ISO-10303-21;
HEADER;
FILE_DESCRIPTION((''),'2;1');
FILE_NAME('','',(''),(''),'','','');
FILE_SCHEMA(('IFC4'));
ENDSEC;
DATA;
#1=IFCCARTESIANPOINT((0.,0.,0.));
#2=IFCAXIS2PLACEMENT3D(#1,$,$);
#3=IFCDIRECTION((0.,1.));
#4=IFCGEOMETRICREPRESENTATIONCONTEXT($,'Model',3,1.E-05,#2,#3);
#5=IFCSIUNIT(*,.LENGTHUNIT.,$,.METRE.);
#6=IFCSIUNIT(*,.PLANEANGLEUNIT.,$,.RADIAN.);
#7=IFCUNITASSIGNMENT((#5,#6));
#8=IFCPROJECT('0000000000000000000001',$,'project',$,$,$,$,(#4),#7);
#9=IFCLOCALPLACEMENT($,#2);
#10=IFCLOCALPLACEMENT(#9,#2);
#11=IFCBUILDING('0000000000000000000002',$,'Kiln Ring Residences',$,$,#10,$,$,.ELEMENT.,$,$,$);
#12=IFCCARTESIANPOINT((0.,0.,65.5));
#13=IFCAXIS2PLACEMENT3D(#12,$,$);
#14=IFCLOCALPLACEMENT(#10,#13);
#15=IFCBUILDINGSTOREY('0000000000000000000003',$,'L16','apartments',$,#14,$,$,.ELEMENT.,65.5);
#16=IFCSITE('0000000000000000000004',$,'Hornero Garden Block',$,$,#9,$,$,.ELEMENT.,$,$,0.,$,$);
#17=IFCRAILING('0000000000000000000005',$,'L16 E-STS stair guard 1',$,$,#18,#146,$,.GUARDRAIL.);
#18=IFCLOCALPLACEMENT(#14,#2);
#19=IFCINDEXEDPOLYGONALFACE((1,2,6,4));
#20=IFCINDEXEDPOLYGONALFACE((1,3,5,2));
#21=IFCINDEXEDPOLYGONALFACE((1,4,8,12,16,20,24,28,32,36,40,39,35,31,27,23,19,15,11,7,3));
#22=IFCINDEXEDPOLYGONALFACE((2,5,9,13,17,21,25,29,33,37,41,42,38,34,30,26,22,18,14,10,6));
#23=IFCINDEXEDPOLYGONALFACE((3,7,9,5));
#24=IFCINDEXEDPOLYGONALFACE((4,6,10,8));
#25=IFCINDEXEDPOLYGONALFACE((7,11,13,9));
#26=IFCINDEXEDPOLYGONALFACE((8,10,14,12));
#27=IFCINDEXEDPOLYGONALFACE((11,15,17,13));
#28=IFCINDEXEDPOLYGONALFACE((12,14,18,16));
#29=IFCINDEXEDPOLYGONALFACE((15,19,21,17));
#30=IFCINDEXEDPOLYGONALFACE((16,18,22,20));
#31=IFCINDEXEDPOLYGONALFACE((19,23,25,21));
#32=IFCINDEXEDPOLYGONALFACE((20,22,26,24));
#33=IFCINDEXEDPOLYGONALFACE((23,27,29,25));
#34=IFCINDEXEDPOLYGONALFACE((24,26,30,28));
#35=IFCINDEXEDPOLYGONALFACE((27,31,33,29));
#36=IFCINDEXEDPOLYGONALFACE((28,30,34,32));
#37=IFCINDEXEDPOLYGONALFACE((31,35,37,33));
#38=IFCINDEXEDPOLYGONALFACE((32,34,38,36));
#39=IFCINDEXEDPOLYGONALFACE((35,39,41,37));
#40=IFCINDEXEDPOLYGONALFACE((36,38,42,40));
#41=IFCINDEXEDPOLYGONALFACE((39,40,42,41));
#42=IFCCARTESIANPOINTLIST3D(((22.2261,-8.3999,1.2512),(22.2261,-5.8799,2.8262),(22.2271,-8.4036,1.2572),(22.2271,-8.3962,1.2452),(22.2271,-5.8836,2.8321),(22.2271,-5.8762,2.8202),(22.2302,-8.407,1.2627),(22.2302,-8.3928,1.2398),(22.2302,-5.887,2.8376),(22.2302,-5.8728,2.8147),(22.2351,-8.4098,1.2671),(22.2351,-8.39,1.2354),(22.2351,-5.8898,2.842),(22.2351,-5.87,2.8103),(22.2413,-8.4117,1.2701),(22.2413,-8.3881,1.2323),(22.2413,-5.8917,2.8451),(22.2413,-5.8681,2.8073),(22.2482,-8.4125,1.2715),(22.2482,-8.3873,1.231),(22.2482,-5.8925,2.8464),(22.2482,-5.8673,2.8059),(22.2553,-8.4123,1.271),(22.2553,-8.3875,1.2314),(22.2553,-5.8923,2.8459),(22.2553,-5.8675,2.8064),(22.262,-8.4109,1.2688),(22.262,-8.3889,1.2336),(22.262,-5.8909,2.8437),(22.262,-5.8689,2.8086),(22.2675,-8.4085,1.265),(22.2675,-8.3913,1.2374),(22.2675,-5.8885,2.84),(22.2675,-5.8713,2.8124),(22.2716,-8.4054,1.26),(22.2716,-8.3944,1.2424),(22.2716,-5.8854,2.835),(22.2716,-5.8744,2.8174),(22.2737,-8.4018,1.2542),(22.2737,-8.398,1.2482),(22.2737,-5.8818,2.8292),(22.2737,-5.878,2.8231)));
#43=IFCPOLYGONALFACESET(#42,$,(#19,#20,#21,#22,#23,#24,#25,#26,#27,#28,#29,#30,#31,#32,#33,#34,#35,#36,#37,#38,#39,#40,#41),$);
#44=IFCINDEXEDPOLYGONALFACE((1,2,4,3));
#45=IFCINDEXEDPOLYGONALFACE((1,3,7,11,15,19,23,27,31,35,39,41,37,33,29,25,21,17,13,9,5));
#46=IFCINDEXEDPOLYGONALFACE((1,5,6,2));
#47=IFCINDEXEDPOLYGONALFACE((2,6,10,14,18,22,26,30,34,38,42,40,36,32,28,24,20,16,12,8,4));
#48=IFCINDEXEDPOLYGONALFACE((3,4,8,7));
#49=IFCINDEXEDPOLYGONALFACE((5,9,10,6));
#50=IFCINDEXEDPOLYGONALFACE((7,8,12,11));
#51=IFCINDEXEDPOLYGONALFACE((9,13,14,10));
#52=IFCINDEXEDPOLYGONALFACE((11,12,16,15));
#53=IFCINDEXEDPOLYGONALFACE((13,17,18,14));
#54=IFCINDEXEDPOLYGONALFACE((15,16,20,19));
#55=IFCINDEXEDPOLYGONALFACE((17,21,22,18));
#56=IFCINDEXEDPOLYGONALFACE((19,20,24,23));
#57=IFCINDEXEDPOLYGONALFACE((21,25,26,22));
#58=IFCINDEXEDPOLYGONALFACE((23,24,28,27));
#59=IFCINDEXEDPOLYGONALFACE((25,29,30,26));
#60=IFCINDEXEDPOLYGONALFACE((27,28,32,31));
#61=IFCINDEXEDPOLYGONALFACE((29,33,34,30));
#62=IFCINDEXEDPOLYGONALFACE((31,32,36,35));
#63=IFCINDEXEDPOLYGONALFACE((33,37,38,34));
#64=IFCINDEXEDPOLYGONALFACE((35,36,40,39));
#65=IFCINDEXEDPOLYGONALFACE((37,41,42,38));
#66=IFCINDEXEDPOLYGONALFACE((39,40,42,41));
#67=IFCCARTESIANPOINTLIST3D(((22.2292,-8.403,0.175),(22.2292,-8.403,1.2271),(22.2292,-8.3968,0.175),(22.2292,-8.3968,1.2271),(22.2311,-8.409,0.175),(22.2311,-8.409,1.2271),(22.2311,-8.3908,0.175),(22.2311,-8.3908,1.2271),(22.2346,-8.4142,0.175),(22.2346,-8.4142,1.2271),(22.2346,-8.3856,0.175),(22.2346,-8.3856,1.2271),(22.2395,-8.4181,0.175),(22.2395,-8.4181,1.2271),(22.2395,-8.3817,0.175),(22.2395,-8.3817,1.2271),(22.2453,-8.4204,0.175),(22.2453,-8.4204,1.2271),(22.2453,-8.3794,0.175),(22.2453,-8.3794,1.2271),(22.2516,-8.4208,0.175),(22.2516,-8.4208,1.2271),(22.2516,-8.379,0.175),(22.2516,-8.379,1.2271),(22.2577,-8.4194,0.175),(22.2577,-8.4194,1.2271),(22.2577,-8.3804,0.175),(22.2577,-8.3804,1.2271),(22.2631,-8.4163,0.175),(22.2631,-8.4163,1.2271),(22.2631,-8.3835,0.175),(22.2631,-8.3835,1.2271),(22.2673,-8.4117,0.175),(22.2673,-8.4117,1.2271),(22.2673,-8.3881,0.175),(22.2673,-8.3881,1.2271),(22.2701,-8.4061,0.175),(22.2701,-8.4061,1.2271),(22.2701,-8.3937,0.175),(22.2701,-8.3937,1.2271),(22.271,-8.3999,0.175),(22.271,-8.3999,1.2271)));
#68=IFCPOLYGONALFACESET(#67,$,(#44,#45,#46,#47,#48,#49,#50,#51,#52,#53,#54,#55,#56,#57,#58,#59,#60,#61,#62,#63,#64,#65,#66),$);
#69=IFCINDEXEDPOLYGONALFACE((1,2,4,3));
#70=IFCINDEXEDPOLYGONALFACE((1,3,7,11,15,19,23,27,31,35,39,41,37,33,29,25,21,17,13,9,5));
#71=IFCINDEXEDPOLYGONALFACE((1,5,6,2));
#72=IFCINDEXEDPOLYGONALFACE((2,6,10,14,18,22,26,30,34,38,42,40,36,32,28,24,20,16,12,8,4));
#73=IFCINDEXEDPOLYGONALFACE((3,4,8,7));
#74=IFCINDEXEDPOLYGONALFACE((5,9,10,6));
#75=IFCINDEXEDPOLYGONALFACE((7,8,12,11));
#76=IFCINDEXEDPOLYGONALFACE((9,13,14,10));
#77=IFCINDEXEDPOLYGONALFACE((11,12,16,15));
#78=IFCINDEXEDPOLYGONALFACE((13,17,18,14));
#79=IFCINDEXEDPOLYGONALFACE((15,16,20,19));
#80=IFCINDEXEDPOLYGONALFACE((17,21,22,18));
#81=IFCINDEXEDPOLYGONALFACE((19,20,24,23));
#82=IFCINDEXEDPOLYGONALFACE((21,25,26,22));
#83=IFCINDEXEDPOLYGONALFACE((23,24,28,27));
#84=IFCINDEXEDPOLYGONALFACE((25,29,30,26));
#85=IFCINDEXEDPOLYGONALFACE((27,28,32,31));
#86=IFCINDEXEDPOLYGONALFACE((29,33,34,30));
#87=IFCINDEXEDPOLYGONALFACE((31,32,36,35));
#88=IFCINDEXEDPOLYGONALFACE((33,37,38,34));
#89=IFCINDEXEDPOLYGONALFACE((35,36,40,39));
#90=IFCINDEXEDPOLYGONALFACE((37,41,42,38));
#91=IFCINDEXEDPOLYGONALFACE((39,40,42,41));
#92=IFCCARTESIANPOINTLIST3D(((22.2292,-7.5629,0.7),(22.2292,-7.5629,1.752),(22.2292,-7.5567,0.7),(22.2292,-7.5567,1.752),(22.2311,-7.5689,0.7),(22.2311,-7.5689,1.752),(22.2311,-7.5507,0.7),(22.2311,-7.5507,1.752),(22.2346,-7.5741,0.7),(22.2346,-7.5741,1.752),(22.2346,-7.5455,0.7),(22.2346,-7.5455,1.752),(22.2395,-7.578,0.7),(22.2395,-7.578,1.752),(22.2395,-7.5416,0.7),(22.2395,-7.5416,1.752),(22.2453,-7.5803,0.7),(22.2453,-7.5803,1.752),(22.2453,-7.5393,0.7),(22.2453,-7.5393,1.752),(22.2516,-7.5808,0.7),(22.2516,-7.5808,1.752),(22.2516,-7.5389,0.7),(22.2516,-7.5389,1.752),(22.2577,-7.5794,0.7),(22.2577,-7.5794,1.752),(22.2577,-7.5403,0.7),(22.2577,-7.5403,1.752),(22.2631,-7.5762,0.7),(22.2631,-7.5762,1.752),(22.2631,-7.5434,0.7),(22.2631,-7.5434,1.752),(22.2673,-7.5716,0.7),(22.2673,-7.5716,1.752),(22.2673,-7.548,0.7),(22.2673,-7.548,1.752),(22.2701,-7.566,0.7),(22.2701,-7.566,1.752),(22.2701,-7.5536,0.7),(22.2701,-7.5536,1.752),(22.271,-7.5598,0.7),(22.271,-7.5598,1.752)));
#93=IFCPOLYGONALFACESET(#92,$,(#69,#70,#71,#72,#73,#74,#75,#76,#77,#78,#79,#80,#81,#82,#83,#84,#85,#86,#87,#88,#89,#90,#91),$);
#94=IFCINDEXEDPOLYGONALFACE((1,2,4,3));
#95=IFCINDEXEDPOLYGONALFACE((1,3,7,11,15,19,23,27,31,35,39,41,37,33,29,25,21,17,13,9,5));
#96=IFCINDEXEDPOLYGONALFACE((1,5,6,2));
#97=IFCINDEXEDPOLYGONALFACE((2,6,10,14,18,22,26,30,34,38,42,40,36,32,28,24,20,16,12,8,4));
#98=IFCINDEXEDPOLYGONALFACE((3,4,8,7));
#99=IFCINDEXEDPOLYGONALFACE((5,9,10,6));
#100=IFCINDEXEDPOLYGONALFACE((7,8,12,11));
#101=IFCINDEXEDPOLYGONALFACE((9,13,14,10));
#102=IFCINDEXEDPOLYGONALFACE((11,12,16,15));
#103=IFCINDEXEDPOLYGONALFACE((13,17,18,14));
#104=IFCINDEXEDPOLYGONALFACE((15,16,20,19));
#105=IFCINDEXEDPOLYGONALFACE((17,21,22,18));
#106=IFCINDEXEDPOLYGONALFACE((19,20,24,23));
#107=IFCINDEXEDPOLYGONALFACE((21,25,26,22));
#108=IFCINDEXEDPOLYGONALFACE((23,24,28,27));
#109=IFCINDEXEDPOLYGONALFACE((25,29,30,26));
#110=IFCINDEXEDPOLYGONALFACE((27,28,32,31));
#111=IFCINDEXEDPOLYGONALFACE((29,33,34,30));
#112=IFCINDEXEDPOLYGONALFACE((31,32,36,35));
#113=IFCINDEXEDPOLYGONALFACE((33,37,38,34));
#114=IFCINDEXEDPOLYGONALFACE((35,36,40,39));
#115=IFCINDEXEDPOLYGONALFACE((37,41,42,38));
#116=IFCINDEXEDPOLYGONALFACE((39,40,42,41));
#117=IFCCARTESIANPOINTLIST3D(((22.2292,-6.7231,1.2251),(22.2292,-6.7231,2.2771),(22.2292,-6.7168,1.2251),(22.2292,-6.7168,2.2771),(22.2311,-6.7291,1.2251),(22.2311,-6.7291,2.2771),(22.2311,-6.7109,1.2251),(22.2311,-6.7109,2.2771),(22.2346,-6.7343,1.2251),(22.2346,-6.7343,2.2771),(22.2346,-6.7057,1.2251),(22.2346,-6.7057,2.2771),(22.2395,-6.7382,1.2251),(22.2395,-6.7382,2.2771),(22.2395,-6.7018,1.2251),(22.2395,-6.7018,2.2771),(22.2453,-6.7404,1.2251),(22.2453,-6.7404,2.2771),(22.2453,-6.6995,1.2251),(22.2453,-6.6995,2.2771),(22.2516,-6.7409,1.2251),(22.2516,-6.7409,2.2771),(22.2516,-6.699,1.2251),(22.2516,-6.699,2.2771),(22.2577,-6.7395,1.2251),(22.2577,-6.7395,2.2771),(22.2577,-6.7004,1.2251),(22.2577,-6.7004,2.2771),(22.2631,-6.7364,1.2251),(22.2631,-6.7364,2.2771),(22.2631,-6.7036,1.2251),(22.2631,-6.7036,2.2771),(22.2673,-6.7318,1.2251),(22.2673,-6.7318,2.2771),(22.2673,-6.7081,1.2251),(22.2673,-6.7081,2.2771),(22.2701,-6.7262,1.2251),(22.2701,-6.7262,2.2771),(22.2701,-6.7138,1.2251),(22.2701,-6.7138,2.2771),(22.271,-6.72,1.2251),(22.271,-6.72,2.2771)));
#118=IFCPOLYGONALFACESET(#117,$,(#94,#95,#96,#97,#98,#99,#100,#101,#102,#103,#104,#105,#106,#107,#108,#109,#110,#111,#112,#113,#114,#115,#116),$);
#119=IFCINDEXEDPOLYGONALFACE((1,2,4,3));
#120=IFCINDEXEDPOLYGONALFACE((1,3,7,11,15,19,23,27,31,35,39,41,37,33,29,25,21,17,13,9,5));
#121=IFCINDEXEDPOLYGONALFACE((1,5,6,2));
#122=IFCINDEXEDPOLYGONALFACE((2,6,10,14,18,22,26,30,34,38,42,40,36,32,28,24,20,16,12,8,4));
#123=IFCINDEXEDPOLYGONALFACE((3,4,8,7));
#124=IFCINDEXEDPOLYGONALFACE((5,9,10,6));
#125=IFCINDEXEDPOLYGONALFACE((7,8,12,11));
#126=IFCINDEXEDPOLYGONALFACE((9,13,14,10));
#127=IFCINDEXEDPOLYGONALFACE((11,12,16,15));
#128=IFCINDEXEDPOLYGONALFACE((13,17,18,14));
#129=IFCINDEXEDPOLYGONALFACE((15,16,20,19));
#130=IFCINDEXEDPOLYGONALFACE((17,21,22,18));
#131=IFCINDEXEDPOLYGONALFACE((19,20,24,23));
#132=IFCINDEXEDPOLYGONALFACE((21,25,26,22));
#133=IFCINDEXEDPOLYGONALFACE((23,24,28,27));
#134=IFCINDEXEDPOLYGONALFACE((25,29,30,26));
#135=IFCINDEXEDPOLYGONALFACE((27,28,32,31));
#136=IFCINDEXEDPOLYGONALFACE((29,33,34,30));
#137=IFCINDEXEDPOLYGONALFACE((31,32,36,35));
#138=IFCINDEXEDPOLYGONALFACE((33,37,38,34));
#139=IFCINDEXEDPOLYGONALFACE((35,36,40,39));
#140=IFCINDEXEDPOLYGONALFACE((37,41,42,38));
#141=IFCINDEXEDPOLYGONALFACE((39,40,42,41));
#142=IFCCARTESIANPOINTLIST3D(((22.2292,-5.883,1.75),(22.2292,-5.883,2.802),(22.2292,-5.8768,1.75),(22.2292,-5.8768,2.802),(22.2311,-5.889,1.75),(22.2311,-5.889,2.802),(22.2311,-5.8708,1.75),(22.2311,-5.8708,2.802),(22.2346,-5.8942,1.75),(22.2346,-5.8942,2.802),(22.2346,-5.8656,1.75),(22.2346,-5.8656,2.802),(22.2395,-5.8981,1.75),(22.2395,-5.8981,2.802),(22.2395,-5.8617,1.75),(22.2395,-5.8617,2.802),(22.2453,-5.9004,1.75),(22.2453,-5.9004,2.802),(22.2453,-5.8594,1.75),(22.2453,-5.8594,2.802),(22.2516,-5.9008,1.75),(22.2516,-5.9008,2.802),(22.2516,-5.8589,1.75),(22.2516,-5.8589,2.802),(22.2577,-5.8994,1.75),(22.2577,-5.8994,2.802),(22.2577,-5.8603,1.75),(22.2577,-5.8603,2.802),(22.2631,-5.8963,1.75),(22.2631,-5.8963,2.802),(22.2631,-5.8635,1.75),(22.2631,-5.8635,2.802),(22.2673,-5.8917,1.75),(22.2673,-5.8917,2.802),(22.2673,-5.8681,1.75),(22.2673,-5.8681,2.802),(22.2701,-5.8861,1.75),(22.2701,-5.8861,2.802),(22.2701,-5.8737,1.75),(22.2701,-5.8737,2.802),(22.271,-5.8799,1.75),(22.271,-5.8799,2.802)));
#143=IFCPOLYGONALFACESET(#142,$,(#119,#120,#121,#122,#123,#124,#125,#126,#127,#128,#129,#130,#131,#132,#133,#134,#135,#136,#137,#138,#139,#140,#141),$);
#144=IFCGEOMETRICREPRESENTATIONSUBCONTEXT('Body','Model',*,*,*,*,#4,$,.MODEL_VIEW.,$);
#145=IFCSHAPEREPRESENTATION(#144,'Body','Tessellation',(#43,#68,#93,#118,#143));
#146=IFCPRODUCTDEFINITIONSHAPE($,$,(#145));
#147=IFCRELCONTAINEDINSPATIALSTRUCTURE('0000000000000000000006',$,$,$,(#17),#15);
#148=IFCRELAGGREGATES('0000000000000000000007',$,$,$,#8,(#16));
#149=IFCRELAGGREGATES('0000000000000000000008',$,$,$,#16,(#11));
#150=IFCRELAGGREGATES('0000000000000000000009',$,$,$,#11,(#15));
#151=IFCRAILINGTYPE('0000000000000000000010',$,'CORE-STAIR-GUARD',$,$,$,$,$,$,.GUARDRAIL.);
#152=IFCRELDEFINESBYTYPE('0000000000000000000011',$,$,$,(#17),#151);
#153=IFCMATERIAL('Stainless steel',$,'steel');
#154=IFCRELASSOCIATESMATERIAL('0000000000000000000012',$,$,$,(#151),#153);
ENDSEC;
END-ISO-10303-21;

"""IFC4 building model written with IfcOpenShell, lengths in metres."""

from ifc_helpers import new_model, si_unit, direction, frame, origin, origin_2d, place, context, subcontext, project, spatial, circle, extrude, material, type_object, element, save


model = new_model("IFC4")

# Units and contexts
model_context = context("Model", 3, precision=1e-05, world=origin(), true_north=direction((0.0, 1.0)))
body_context = subcontext(model_context, "Body", "Model", "MODEL_VIEW")
ifc_project = project(units=[si_unit("LENGTHUNIT", "METRE"), si_unit("PLANEANGLEUNIT", "RADIAN")], contexts=[model_context])

# Site, building, storey
site_placement = place(None, origin())
site = spatial("IfcSite", under=ifc_project, at=site_placement, Name="Hornero Garden Block", CompositionType="ELEMENT", RefElevation=0.0)
building_placement = place(site_placement, origin())
building = spatial("IfcBuilding", under=site, at=building_placement, Name="Kiln Ring Residences", CompositionType="ELEMENT")
storey_placement = place(building_placement, frame((0.0, 0.0, 65.5)))
storey = spatial("IfcBuildingStorey", under=building, at=storey_placement, Name="L16", Description="apartments", CompositionType="ELEMENT", Elevation=65.5)

# Railing
ifc_material_1 = material(Name="Stainless steel", Category="steel")
railing_type_1 = type_object("IfcRailingType", Name="CORE-STAIR-GUARD", PredefinedType="GUARDRAIL", material=ifc_material_1)
railing_1_placement = place(storey_placement, frame((22.25, -8.3999, 0.175)))
element("IfcRailing", 1, at=railing_1_placement, inside=storey, type_object=railing_type_1, Name="L16 E-STS stair guard 1", PredefinedType="GUARDRAIL", context=body_context, shape_type="SweptSolid", body=[
    extrude(circle(Radius=0.0239, at=origin_2d()), frame((0.0, 0.0, 1.0762), z_axis=(0.0, 0.848008, 0.529984), x_axis=(-1.0, 0.0, 0.0)), (0.0, 0.0, 1.0), 2.9717),
    extrude(circle(Radius=0.021, at=origin_2d()), origin(), (0.0, 0.0, 1.0), 1.052),
    extrude(circle(Radius=0.021, at=origin_2d()), frame((0.0, 0.8401, 0.5249)), (0.0, 0.0, 1.0), 1.052),
    extrude(circle(Radius=0.021, at=origin_2d()), frame((0.0, 1.6799, 1.05)), (0.0, 0.0, 1.0), 1.052),
    extrude(circle(Radius=0.021, at=origin_2d()), frame((0.0, 2.52, 1.575)), (0.0, 0.0, 1.0), 1.052),
])

save(model, "model.ifc")
